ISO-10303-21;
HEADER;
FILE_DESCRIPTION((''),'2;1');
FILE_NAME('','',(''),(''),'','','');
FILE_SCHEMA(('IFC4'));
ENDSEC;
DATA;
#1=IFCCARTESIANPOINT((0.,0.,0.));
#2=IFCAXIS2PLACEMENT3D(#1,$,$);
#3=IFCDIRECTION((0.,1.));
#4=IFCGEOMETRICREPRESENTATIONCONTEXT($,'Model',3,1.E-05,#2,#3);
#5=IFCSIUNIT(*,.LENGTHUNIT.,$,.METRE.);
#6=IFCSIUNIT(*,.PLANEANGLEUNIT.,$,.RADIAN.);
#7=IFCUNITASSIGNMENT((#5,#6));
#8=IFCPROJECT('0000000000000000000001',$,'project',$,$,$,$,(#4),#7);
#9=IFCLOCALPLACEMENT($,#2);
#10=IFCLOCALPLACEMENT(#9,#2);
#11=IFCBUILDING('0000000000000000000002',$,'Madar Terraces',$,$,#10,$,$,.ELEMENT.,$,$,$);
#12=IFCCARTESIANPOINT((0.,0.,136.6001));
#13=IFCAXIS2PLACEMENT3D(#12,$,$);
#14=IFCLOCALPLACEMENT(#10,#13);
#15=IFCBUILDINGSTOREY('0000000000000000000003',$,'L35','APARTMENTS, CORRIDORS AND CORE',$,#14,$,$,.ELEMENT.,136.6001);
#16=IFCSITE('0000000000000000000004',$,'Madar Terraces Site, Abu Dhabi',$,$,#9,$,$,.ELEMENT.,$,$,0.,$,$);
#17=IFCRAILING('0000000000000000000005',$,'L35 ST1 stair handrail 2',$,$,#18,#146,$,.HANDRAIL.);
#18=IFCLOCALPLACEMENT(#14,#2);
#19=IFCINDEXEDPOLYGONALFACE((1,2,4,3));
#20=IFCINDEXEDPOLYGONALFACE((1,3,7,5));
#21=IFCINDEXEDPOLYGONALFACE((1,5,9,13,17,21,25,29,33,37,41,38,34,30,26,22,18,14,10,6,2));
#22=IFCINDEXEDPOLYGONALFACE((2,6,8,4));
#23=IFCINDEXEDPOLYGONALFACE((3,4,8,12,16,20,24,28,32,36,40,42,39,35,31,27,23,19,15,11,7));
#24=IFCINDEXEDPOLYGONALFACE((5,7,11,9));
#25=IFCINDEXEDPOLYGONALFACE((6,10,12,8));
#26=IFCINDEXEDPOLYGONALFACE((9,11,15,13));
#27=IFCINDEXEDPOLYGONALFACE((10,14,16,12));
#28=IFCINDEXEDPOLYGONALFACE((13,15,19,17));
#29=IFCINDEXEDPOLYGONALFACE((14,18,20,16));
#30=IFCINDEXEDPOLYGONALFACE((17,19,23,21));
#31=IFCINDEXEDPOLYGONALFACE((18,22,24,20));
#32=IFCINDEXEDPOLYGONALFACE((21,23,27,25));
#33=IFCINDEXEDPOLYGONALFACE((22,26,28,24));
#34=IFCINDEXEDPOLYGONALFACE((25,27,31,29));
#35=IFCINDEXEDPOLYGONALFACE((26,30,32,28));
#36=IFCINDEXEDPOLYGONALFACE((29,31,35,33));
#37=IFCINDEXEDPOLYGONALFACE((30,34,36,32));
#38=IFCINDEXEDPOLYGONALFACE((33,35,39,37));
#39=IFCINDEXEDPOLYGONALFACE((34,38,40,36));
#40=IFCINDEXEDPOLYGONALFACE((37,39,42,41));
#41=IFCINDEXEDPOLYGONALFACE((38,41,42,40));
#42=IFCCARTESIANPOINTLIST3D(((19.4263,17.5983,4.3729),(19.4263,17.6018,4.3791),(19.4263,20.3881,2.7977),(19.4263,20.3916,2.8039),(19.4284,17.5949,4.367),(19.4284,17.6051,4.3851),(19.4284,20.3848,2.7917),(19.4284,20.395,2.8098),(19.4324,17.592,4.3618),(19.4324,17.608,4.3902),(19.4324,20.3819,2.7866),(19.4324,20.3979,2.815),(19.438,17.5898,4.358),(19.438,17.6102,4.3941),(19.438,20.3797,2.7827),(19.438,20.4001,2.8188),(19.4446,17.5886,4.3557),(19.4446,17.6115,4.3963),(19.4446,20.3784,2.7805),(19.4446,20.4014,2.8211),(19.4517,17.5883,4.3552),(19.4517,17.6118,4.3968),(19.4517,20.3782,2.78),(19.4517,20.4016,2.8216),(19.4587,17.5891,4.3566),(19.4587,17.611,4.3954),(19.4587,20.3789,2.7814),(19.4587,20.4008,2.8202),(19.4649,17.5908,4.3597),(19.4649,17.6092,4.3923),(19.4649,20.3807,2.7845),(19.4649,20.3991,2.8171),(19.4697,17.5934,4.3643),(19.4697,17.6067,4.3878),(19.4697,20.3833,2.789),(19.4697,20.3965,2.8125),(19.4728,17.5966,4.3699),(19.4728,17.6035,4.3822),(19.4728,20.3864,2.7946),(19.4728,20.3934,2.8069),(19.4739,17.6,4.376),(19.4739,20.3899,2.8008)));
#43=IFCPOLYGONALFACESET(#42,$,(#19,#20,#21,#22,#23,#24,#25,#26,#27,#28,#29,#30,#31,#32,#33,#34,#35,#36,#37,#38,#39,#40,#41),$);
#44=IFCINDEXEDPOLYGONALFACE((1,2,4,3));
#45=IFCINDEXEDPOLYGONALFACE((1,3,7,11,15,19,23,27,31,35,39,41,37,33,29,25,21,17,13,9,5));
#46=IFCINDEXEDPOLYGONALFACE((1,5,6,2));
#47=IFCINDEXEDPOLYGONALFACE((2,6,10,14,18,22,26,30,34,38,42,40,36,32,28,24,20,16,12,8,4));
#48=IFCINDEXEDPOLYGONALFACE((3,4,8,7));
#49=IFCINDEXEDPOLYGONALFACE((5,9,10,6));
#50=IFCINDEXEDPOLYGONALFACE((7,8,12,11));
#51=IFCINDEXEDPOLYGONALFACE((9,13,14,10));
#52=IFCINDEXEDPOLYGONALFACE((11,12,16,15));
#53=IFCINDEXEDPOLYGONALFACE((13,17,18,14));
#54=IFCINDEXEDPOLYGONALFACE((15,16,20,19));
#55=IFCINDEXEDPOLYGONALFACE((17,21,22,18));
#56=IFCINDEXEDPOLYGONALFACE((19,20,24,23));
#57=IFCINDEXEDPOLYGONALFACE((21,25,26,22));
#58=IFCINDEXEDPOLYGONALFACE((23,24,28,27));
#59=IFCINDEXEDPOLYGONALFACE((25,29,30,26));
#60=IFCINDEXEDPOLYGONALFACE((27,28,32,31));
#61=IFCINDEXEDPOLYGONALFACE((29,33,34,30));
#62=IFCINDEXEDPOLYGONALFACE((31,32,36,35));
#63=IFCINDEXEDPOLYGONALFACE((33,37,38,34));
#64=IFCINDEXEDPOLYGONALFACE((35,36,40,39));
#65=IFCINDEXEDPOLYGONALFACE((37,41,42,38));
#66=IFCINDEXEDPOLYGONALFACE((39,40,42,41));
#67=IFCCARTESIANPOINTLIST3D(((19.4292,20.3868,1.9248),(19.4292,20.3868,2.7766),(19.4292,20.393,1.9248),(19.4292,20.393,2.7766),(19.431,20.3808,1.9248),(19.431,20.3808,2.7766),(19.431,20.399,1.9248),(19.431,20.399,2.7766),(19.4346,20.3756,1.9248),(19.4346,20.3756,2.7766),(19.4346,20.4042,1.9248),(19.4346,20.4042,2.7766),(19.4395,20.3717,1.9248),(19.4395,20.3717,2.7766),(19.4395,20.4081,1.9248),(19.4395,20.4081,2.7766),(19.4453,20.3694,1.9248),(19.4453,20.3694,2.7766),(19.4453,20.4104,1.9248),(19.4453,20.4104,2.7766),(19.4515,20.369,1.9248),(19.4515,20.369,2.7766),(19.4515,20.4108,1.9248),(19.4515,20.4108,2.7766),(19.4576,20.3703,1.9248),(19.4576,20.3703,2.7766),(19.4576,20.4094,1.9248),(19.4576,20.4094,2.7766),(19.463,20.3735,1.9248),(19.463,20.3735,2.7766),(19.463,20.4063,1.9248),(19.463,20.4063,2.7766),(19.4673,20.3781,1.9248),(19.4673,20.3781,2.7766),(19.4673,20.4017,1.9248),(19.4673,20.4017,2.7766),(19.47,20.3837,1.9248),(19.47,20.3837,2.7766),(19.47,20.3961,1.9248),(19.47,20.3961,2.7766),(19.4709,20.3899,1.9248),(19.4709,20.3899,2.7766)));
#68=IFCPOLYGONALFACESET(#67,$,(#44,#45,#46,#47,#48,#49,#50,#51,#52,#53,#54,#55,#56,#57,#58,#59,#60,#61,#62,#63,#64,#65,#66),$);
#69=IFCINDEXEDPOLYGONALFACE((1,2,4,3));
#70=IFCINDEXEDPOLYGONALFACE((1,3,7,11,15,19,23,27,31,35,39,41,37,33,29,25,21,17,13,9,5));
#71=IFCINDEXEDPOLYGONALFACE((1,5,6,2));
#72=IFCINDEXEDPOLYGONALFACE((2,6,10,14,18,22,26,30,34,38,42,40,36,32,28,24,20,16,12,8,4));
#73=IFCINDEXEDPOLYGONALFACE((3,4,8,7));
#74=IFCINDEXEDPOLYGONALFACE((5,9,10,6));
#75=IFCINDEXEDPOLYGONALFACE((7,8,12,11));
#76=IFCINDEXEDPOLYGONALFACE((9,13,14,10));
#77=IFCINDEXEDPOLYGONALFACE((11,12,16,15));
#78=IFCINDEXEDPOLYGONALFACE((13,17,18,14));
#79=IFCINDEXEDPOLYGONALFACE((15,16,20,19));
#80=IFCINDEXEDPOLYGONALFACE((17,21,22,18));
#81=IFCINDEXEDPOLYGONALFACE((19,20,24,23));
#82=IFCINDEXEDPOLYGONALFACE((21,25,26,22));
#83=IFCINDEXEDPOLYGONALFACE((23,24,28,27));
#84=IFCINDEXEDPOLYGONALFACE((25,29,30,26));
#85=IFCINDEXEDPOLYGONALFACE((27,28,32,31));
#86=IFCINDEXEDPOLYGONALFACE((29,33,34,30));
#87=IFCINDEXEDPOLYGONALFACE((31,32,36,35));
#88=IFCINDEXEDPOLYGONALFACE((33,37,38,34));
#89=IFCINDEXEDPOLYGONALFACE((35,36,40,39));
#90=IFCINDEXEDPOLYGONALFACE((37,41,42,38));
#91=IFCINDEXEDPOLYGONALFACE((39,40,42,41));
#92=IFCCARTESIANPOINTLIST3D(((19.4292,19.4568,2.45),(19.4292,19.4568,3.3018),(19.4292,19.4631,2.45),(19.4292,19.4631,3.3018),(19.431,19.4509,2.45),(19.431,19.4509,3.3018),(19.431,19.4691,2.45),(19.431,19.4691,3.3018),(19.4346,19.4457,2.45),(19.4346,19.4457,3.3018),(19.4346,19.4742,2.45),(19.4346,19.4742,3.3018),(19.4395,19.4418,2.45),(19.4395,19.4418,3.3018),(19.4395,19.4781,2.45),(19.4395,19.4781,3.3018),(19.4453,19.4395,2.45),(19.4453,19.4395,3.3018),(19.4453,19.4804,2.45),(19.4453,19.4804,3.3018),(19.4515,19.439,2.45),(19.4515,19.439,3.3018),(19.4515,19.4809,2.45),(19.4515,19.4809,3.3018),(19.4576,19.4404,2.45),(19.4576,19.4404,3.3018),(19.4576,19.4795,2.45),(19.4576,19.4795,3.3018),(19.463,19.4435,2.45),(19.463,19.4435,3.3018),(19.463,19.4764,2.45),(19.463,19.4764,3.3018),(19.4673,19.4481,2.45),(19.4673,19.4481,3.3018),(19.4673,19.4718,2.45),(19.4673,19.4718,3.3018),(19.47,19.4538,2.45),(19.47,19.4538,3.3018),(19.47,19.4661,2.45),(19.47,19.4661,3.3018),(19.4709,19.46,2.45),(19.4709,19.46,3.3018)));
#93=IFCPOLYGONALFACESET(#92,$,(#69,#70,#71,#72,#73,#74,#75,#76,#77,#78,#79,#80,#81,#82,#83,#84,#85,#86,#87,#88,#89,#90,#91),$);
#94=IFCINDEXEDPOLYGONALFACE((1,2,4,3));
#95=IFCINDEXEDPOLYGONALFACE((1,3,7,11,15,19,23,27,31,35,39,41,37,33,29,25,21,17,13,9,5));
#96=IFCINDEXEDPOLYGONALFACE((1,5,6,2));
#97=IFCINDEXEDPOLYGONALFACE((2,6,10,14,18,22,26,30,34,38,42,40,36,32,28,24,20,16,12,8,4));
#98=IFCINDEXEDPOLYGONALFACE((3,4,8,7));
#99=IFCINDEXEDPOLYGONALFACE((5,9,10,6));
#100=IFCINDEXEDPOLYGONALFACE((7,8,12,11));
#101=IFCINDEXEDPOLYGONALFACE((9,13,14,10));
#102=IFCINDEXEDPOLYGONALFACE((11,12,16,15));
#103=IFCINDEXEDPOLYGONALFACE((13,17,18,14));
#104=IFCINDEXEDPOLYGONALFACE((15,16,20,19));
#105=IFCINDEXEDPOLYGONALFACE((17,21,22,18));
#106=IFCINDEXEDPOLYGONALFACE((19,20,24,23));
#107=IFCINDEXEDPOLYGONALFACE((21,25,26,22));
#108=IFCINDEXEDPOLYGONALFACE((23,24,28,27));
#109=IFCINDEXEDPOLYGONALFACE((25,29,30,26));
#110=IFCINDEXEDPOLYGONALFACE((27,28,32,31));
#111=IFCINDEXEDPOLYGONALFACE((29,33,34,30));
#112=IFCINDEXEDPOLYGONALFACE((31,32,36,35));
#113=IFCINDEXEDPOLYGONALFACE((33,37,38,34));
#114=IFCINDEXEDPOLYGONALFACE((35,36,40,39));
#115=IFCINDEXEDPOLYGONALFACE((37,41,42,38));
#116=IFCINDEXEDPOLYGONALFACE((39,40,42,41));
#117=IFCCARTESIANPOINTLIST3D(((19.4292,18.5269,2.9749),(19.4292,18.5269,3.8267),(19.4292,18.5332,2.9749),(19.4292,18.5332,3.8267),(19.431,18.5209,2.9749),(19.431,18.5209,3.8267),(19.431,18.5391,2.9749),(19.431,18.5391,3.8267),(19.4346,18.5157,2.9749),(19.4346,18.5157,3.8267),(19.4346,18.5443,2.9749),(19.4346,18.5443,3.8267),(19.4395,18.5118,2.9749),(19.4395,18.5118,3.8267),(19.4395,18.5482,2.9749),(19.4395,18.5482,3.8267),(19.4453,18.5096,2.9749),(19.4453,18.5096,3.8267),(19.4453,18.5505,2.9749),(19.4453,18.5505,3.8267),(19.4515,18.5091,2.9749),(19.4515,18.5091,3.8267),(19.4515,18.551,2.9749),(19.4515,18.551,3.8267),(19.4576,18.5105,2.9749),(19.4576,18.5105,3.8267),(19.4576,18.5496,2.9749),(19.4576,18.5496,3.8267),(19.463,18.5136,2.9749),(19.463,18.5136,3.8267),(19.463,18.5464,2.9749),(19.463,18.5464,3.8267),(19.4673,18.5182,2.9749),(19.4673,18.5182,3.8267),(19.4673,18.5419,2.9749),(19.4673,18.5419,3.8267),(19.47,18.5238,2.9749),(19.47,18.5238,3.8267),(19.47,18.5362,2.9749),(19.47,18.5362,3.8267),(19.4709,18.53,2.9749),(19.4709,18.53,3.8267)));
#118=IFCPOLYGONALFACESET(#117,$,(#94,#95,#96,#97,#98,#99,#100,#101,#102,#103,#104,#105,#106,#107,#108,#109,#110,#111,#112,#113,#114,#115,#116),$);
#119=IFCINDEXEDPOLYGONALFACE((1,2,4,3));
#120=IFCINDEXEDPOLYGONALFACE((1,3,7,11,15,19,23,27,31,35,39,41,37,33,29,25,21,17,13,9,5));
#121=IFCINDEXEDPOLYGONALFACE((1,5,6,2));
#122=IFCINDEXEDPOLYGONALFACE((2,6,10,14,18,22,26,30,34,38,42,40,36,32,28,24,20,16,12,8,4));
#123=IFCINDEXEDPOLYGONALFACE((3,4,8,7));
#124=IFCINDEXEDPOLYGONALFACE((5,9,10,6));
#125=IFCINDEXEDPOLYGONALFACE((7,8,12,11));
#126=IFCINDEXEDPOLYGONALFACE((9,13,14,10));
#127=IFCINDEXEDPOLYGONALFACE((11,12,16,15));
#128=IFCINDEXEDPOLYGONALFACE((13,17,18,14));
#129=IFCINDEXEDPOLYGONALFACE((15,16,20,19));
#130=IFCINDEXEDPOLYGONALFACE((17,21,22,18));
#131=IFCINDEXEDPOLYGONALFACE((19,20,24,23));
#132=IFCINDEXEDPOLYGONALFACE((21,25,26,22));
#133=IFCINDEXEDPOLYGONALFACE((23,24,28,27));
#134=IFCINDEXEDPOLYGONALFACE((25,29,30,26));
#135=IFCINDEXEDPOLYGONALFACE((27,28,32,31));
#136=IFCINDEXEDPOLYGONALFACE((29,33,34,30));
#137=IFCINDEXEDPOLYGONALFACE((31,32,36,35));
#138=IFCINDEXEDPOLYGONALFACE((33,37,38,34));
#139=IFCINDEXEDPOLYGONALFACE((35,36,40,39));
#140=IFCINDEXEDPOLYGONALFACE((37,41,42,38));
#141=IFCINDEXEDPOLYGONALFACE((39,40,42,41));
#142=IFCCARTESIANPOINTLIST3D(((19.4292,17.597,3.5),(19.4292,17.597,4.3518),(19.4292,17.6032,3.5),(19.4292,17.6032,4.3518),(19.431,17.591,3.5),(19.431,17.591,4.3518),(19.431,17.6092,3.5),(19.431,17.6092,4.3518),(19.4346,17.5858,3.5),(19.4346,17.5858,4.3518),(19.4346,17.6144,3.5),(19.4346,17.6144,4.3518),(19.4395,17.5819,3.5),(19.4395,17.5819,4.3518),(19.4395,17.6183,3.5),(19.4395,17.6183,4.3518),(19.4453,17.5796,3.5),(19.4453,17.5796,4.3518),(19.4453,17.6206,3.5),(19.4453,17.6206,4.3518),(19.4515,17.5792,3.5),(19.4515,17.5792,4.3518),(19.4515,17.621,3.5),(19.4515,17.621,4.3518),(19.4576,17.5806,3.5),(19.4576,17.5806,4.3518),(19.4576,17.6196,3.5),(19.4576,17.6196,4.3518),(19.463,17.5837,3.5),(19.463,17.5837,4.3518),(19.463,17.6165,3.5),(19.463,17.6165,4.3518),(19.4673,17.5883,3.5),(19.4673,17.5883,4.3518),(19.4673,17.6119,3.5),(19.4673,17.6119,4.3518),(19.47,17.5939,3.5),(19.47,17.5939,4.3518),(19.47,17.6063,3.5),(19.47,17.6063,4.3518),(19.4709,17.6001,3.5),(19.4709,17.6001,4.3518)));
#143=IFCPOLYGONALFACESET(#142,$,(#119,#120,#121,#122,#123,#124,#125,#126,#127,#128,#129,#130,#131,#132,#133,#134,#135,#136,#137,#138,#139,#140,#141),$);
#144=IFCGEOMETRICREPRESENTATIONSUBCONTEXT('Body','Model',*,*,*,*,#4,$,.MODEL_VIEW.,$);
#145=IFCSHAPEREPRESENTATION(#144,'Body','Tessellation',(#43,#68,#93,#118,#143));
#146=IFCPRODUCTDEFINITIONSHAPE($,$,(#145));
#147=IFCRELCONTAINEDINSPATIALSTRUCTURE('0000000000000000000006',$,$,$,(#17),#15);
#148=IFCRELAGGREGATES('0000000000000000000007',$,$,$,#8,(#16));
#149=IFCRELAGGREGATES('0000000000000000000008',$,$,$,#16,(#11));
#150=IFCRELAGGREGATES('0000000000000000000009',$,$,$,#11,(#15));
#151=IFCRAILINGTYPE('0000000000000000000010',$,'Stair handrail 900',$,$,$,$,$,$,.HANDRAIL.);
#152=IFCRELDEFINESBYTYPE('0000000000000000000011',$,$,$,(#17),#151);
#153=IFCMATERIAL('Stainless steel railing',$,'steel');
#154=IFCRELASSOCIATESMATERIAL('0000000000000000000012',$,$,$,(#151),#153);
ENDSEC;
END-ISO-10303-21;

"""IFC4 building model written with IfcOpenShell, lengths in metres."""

from ifc_helpers import new_model, si_unit, direction, frame, origin, origin_2d, place, context, subcontext, project, spatial, circle, extrude, material, type_object, element, save


model = new_model("IFC4")

# Units and contexts
model_context = context("Model", 3, precision=1e-05, world=origin(), true_north=direction((0.0, 1.0)))
body_context = subcontext(model_context, "Body", "Model", "MODEL_VIEW")
ifc_project = project(units=[si_unit("LENGTHUNIT", "METRE"), si_unit("PLANEANGLEUNIT", "RADIAN")], contexts=[model_context])

# Site, building, storey
site_placement = place(None, origin())
site = spatial("IfcSite", under=ifc_project, at=site_placement, Name="Madar Terraces Site, Abu Dhabi", CompositionType="ELEMENT", RefElevation=0.0)
building_placement = place(site_placement, origin())
building = spatial("IfcBuilding", under=site, at=building_placement, Name="Madar Terraces", CompositionType="ELEMENT")
storey_placement = place(building_placement, frame((0.0, 0.0, 136.6001)))
storey = spatial("IfcBuildingStorey", under=building, at=storey_placement, Name="L35", Description="APARTMENTS, CORRIDORS AND CORE", CompositionType="ELEMENT", Elevation=136.6001)

# Railing
ifc_material_1 = material(Name="Stainless steel railing", Category="steel")
railing_type_1 = type_object("IfcRailingType", Name="Stair handrail 900", PredefinedType="HANDRAIL", material=ifc_material_1)
railing_1_placement = place(storey_placement, frame((19.45, 20.3899, 1.9248)))
element("IfcRailing", 1, at=railing_1_placement, inside=storey, type_object=railing_type_1, Name="L35 ST1 stair handrail 2", PredefinedType="HANDRAIL", context=body_context, shape_type="SweptSolid", body=[
    extrude(circle(Radius=0.0239, at=origin_2d()), frame((0.0, 0.0, 0.876), z_axis=(0.0, -0.870783, 0.491668), x_axis=(1.0, 0.0, 0.0)), (0.0, 0.0, 1.0), 3.2039),
    extrude(circle(Radius=0.021, at=origin_2d()), origin(), (0.0, 0.0, 1.0), 0.8518),
    extrude(circle(Radius=0.021, at=origin_2d()), frame((0.0, -0.9299, 0.5251)), (0.0, 0.0, 1.0), 0.8518),
    extrude(circle(Radius=0.021, at=origin_2d()), frame((0.0, -1.8599, 1.05)), (0.0, 0.0, 1.0), 0.8518),
    extrude(circle(Radius=0.021, at=origin_2d()), frame((0.0, -2.7898, 1.5752)), (0.0, 0.0, 1.0), 0.8518),
])

save(model, "model.ifc")
